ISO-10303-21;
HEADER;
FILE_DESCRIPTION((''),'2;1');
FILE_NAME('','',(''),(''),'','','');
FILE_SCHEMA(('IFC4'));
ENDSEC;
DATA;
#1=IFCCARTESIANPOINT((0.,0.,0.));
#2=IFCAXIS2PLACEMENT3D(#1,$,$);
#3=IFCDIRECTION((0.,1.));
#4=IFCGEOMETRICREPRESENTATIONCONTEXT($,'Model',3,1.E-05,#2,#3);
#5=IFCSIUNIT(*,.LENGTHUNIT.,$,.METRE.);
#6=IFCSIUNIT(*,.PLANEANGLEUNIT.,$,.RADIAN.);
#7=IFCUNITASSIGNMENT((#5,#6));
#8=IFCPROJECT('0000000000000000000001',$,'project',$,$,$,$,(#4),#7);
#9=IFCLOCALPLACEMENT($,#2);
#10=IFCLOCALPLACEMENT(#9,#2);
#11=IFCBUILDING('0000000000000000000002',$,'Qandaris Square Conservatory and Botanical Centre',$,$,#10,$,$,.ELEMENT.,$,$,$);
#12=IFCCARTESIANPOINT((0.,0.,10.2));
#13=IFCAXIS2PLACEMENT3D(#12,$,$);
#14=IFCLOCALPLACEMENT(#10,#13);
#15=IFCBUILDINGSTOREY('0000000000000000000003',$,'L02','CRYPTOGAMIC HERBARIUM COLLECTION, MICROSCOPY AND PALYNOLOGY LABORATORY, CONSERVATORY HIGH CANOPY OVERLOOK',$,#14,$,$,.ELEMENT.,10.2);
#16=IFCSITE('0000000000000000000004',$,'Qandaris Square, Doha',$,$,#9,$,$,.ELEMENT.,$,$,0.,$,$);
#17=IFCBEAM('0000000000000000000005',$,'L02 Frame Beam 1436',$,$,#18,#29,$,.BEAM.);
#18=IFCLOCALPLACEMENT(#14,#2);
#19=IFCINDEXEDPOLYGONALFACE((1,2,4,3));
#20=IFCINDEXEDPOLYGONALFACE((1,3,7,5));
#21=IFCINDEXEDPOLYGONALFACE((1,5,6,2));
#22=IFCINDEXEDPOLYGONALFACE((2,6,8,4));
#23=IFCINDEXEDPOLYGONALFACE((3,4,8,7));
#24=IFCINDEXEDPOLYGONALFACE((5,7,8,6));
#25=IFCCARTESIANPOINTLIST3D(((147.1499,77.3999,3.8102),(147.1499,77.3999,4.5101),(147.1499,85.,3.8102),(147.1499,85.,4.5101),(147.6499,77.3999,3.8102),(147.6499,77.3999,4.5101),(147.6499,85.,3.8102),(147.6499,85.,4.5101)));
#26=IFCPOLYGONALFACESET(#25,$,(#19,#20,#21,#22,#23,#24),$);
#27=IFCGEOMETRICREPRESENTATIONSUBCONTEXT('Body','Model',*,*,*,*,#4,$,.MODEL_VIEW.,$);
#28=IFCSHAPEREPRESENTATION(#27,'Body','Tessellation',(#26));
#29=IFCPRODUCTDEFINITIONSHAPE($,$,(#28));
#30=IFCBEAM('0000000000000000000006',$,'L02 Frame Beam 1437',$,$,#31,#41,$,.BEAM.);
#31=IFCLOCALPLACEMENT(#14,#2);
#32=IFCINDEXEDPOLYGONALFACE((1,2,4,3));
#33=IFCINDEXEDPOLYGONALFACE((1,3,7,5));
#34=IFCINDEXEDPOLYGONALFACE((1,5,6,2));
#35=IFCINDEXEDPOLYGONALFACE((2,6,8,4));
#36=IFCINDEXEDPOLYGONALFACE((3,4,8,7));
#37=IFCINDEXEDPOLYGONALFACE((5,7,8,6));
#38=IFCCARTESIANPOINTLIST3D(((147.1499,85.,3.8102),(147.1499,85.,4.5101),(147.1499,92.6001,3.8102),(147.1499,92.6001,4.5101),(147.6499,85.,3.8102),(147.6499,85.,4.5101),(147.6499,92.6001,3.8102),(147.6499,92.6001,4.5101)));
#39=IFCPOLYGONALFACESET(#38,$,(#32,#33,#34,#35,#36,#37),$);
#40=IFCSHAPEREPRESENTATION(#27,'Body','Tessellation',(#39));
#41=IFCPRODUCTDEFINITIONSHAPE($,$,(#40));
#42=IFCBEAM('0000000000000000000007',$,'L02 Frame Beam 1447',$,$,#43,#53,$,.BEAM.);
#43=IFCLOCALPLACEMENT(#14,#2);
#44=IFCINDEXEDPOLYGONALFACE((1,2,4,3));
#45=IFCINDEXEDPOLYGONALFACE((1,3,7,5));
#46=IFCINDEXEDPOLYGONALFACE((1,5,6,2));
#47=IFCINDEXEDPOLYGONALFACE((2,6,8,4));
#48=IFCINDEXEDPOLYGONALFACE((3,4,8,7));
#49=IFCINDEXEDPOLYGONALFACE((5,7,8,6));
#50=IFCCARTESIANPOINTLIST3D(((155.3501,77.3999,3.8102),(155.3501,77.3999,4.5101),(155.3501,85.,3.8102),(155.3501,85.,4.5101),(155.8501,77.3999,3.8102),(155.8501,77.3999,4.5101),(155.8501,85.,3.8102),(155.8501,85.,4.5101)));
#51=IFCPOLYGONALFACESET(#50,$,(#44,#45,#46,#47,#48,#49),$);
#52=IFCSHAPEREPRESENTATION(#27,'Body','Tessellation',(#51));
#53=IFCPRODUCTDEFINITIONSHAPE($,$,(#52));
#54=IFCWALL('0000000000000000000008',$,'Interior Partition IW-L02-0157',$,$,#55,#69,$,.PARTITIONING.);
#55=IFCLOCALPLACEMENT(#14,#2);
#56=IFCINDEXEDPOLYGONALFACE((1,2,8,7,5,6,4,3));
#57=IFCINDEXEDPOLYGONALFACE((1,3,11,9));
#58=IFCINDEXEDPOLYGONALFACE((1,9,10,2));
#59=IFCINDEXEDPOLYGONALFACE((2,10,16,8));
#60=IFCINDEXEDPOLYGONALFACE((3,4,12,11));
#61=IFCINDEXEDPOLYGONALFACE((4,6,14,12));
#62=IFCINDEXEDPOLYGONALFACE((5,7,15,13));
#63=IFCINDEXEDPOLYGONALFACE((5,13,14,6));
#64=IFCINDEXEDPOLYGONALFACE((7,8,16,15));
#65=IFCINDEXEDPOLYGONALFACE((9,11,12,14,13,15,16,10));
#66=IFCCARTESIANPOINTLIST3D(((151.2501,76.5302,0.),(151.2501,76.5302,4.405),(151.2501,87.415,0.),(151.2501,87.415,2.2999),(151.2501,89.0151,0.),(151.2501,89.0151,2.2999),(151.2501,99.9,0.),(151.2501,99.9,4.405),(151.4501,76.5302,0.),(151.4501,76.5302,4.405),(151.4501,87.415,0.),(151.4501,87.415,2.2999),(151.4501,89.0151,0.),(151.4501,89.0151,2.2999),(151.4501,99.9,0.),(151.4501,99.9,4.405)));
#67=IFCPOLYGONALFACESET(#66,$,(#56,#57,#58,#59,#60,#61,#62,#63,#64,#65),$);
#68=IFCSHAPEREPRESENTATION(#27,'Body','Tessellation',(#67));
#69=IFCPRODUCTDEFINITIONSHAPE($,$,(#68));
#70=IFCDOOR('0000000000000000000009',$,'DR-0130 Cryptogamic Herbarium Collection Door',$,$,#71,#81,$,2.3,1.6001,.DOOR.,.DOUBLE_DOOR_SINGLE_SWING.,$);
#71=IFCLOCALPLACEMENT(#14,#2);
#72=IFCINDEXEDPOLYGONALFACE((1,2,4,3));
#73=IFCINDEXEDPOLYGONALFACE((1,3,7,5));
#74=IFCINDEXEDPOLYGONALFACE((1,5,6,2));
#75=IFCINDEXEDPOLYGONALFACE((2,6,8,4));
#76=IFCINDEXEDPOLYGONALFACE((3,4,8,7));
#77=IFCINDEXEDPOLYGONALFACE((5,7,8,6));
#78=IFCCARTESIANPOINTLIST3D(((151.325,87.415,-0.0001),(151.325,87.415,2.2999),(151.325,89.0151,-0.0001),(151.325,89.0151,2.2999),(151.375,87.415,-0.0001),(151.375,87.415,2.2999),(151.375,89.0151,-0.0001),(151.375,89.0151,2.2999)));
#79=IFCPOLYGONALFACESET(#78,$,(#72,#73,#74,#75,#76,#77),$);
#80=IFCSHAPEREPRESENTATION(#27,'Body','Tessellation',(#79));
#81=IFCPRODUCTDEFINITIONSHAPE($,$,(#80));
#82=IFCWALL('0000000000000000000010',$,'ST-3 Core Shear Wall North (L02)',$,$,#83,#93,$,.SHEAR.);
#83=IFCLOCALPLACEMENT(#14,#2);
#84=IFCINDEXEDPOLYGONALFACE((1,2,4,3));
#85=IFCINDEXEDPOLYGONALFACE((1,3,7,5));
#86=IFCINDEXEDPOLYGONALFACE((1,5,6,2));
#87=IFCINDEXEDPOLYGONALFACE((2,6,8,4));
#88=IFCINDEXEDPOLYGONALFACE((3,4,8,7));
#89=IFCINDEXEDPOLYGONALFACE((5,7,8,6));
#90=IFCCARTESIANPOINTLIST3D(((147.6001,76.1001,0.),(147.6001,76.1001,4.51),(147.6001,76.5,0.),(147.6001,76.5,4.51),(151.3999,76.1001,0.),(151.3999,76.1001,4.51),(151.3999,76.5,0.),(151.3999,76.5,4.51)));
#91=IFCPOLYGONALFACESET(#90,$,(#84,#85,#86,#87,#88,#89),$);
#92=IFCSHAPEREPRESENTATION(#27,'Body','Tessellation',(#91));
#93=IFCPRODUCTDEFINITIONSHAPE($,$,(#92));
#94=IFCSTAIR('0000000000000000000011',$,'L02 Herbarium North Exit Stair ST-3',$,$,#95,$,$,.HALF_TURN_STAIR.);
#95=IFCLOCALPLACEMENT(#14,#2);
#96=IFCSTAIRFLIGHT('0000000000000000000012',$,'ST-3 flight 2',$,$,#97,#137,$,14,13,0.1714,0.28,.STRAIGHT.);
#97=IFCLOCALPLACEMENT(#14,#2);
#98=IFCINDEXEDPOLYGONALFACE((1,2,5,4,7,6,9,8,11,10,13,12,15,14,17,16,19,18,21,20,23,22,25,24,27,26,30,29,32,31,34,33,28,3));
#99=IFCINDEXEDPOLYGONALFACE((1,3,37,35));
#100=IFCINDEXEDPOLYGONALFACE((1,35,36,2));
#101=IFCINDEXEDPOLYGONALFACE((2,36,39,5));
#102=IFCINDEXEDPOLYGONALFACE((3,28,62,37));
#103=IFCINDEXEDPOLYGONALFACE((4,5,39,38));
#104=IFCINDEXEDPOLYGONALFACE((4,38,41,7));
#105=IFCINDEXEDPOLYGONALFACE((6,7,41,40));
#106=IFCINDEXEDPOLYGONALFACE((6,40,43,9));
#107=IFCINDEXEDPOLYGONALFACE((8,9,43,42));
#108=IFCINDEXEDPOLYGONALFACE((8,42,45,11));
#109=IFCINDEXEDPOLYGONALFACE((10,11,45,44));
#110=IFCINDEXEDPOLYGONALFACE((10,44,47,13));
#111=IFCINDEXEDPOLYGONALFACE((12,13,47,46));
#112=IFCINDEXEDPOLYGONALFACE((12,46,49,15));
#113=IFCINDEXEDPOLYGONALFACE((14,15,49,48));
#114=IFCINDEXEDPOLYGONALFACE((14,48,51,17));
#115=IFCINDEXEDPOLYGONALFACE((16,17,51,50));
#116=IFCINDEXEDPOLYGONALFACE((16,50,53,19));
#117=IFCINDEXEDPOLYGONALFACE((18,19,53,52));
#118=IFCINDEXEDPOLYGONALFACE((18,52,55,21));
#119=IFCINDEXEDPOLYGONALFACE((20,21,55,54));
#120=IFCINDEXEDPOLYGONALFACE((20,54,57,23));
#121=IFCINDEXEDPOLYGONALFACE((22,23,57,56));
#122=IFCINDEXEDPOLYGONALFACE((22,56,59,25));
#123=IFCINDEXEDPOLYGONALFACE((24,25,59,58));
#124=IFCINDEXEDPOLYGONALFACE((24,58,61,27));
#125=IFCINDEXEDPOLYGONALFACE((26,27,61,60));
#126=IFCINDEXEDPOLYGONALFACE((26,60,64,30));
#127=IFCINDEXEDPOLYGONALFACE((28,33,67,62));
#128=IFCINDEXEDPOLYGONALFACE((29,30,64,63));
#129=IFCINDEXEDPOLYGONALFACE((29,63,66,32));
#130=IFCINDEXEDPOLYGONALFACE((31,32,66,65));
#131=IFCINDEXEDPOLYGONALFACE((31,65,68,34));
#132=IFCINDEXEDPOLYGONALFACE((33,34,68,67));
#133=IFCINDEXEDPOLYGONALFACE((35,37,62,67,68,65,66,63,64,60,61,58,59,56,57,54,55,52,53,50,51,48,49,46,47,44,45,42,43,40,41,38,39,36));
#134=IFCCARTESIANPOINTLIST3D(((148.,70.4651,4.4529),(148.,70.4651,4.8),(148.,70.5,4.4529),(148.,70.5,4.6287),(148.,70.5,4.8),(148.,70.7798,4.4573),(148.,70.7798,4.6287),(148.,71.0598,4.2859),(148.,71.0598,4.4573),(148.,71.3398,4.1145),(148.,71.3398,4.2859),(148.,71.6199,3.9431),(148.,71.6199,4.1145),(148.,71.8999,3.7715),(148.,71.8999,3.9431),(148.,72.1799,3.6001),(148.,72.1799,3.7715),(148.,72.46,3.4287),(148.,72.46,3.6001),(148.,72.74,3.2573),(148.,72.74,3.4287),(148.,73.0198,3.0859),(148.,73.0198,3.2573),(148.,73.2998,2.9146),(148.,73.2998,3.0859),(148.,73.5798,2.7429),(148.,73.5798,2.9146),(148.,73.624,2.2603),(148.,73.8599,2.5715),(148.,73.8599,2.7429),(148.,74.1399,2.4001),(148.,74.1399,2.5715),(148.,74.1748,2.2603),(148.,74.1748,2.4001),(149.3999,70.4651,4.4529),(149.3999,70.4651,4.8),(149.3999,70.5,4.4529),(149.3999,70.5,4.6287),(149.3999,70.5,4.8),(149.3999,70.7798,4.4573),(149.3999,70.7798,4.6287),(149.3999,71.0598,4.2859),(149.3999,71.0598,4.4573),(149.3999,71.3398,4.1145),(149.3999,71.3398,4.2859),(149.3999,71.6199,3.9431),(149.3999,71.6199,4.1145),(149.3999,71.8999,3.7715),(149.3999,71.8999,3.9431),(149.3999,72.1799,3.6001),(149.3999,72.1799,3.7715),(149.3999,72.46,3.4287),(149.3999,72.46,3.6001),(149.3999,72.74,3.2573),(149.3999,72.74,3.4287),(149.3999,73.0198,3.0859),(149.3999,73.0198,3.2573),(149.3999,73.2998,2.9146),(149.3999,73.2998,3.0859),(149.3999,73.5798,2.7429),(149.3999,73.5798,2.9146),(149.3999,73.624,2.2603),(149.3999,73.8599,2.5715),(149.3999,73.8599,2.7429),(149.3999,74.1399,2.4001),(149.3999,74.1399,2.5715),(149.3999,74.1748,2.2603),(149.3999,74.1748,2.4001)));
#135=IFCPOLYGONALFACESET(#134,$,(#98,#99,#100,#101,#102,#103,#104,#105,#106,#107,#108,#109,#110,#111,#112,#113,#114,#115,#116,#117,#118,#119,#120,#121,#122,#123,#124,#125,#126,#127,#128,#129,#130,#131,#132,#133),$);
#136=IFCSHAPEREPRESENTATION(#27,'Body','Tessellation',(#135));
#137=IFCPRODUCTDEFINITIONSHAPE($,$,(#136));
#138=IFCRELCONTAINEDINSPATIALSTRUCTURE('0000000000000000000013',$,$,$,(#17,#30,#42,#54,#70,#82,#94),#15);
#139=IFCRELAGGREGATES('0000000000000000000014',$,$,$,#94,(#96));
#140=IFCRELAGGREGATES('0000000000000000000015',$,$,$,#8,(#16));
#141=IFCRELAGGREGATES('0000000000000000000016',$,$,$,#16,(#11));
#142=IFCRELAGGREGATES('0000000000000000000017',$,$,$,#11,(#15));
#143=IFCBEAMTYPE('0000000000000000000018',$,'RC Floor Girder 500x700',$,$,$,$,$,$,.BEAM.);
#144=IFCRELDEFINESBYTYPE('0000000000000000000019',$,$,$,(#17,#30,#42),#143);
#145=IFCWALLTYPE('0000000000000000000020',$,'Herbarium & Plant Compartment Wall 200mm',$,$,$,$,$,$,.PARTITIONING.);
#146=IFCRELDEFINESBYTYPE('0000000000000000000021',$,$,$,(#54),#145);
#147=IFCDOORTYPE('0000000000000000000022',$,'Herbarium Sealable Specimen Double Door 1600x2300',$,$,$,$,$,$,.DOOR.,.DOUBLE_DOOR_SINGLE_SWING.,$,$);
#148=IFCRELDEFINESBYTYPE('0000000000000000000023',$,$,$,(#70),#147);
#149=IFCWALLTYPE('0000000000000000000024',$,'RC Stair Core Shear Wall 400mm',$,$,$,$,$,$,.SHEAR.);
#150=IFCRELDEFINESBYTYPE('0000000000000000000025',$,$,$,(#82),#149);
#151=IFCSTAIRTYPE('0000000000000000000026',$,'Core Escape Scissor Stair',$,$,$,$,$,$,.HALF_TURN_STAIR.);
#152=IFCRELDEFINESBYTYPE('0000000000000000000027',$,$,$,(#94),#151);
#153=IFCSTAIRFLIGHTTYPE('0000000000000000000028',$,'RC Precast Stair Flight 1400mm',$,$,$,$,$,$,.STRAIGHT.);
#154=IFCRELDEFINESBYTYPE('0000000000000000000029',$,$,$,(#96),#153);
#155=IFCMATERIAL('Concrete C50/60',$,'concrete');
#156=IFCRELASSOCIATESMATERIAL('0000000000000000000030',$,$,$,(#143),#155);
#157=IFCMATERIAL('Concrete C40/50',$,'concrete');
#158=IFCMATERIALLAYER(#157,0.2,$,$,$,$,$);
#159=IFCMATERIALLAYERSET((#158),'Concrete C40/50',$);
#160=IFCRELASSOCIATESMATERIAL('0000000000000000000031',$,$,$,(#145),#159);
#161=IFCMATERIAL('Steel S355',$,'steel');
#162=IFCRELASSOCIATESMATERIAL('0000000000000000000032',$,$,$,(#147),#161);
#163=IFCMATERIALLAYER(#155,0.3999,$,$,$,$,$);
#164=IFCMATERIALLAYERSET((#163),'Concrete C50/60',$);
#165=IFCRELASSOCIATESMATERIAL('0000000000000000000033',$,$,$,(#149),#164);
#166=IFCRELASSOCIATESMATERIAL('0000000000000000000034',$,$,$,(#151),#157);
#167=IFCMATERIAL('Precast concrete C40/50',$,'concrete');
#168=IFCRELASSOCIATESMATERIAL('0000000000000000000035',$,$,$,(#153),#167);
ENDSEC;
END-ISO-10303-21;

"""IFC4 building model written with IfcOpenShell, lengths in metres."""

from ifc_helpers import new_model, si_unit, direction, frame, frame_2d, origin, origin_2d, place, context, subcontext, project, spatial, polyline, rectangle, outline, extrude, material, layer, layer_set, material_profile, profile_set, type_object, element, fill, aggregate, save


model = new_model("IFC4")

# Units and contexts
model_context = context("Model", 3, precision=1e-05, world=origin(), true_north=direction((0.0, 1.0)))
body_context = subcontext(model_context, "Body", "Model", "MODEL_VIEW")
ifc_project = project(units=[si_unit("LENGTHUNIT", "METRE"), si_unit("PLANEANGLEUNIT", "RADIAN")], contexts=[model_context])

# Site, building, storey
site_placement = place(None, origin())
site = spatial("IfcSite", under=ifc_project, at=site_placement, Name="Qandaris Square, Doha", CompositionType="ELEMENT", RefElevation=0.0)
building_placement = place(site_placement, origin())
building = spatial("IfcBuilding", under=site, at=building_placement, Name="Qandaris Square Conservatory and Botanical Centre", CompositionType="ELEMENT")
storey_placement = place(building_placement, frame((0.0, 0.0, 10.2)))
storey = spatial("IfcBuildingStorey", under=building, at=storey_placement, Name="L02", Description="CRYPTOGAMIC HERBARIUM COLLECTION, MICROSCOPY AND PALYNOLOGY LABORATORY, CONSERVATORY HIGH CANOPY OVERLOOK", CompositionType="ELEMENT", Elevation=10.2)

# Shared definitions
ifc_material_1 = material(Name="Concrete C50/60", Category="concrete")

# Beams
ifc_material_2 = material(Name="Steel S355", Category="steel")
ifc_material_profile_1 = material_profile(ifc_material_1, rectangle(XDim=0.5, YDim=0.7, at=origin_2d()), Name="RC-BM 500x700")
ifc_profile_set_1 = profile_set([ifc_material_profile_1], Name="Concrete C50/60")
beam_type_1 = type_object("IfcBeamType", Name="RC Floor Girder 500x700", PredefinedType="BEAM", material=ifc_profile_set_1)
for number, where, z_axis, x_axis, name in (
    (1, (147.3999, 77.3999, 4.1602), (0.0, 1.0, 0.0), (-1.0, 0.0, 0.0), "L02 Frame Beam 1436"),
    (2, (147.3999, 85.0, 4.1602), (0.0, 1.0, 0.0), (-1.0, 0.0, 0.0), "L02 Frame Beam 1437"),
    (3, (155.6001, 77.3999, 4.1602), (0.0, 1.0, 0.0), (-1.0, 0.0, 0.0), "L02 Frame Beam 1447"),
):
    element("IfcBeam", number, at=place(storey_placement, frame(where, z_axis=z_axis, x_axis=x_axis)), inside=storey, type_object=beam_type_1, Name=name, PredefinedType="BEAM", context=body_context, shape_type="SweptSolid", body=[
        extrude(rectangle(XDim=0.5, YDim=0.7, at=origin_2d()), origin(), (0.0, 0.0, 1.0), 7.6001),
    ])

# Wall, opening, door
ifc_material_3 = material(Name="Concrete C40/50", Category="concrete")
ifc_layer_1 = layer(ifc_material_3, 0.2)
ifc_layer_set_1 = layer_set([ifc_layer_1], Name="Concrete C40/50")
wall_type_1 = type_object("IfcWallType", Name="Herbarium & Plant Compartment Wall 200mm", PredefinedType="PARTITIONING", material=ifc_layer_set_1)
wall_1_placement = place(storey_placement, frame((151.3501, 76.53, 0.0), z_axis=(0.0, 0.0, 1.0), x_axis=(0.0, 1.0, 0.0)))
wall_1 = element("IfcWall", 4, at=wall_1_placement, inside=storey, type_object=wall_type_1, Name="Interior Partition IW-L02-0157", PredefinedType="PARTITIONING", context=body_context, shape_type="SweptSolid", body=[
    extrude(rectangle(XDim=23.3699, YDim=0.2, at=frame_2d((11.6851, 0.0))), origin(), (0.0, 0.0, 1.0), 4.405),
])
opening_placement = place(wall_1_placement, frame((10.885, 0.0, 0.0)))
opening = element("IfcOpeningElement", 5, at=opening_placement, cuts=wall_1, PredefinedType="OPENING", context=body_context, shape_type="SweptSolid", body=[
    extrude(rectangle(XDim=1.6001, YDim=2.3, at=frame_2d((0.8, 1.1499))), frame((0.0, 0.1118, 0.0), z_axis=(0.0, -1.0, 0.0), x_axis=(1.0, 0.0, 0.0)), (0.0, 0.0, 1.0), 0.2239),
])
door_type = type_object("IfcDoorType", Name="Herbarium Sealable Specimen Double Door 1600x2300", OperationType="DOUBLE_DOOR_SINGLE_SWING", PredefinedType="DOOR", material=ifc_material_2)
door_placement = place(opening_placement, frame((1.6001, 0.0, 0.0), z_axis=(0.0, 0.0, 1.0), x_axis=(-1.0, 0.0, 0.0)))
door = element("IfcDoor", 6, at=door_placement, inside=storey, type_object=door_type, Name="DR-0130 Cryptogamic Herbarium Collection Door", OperationType="DOUBLE_DOOR_SINGLE_SWING", OverallHeight=2.3, OverallWidth=1.6001, PredefinedType="DOOR", context=body_context, shape_type="SweptSolid", body=[
    extrude(rectangle(XDim=1.6001, YDim=2.3, at=frame_2d((0.8, 1.1499))), frame((0.0, 0.0249, 0.0), z_axis=(0.0, -1.0, 0.0), x_axis=(1.0, 0.0, 0.0)), (0.0, 0.0, 1.0), 0.05),
])
fill(opening, door)

# Wall
ifc_layer_2 = layer(ifc_material_1, 0.3999)
ifc_layer_set_2 = layer_set([ifc_layer_2], Name="Concrete C50/60")
wall_type_2 = type_object("IfcWallType", Name="RC Stair Core Shear Wall 400mm", PredefinedType="SHEAR", material=ifc_layer_set_2)
wall_2_placement = place(storey_placement, frame((147.6001, 76.3, 0.0), z_axis=(0.0, 0.0, 1.0), x_axis=(1.0, 0.0, 0.0)))
element("IfcWall", 7, at=wall_2_placement, inside=storey, type_object=wall_type_2, Name="ST-3 Core Shear Wall North (L02)", PredefinedType="SHEAR", context=body_context, shape_type="SweptSolid", body=[
    extrude(rectangle(XDim=3.7998, YDim=0.3999, at=frame_2d((1.8999, 0.0))), origin(), (0.0, 0.0, 1.0), 4.51),
])

# Stair, stair flight
stair_type = type_object("IfcStairType", Name="Core Escape Scissor Stair", PredefinedType="HALF_TURN_STAIR", material=ifc_material_3)
stair_placement = place(storey_placement, origin())
stair = element("IfcStair", 8, at=stair_placement, inside=storey, type_object=stair_type, Name="L02 Herbarium North Exit Stair ST-3", PredefinedType="HALF_TURN_STAIR")
ifc_material_4 = material(Name="Precast concrete C40/50", Category="concrete")
stair_flight_type = type_object("IfcStairFlightType", Name="RC Precast Stair Flight 1400mm", PredefinedType="STRAIGHT", material=ifc_material_4)
stair_flight_placement = place(storey_placement, frame((148.7, 74.1399, 2.4001), z_axis=(0.0, 0.0, 1.0), x_axis=(0.0, -1.0, 0.0)))
stair_flight = element("IfcStairFlight", 9, at=stair_flight_placement, type_object=stair_flight_type, Name="ST-3 flight 2", NumberOfRisers=14, NumberOfTreads=13, PredefinedType="STRAIGHT", RiserHeight=0.1714, TreadLength=0.28, context=body_context, shape_type="SweptSolid", body=[
    extrude(outline(polyline([(-0.0349, 0.0), (0.0, 0.0), (0.0, 0.1714), (0.28, 0.1714), (0.28, 0.3428), (0.5601, 0.3428), (0.5601, 0.5144), (0.8401, 0.5144), (0.8401, 0.6858), (1.1201, 0.6858), (1.1201, 0.8572), (1.3999, 0.8572), (1.3999, 1.0286), (1.6799, 1.0286), (1.6799, 1.2), (1.96, 1.2), (1.96, 1.3713), (2.24, 1.3713), (2.24, 1.543), (2.52, 1.543), (2.52, 1.7144), (2.8, 1.7144), (2.8, 1.8857), (3.0801, 1.8857), (3.0801, 2.0571), (3.3601, 2.0571), (3.3601, 2.2285), (3.6399, 2.2285), (3.6399, 2.3999), (3.6748, 2.3999), (3.6748, 2.0527), (3.6399, 2.0527), (0.5159, -0.1399), (-0.0349, -0.1399), (-0.0349, 0.0)])), frame((0.0, 0.7, 0.0), z_axis=(0.0, -1.0, 0.0), x_axis=(1.0, 0.0, 0.0)), (0.0, 0.0, 1.0), 1.3999),
])
aggregate(stair, [stair_flight])

save(model, "model.ifc")
